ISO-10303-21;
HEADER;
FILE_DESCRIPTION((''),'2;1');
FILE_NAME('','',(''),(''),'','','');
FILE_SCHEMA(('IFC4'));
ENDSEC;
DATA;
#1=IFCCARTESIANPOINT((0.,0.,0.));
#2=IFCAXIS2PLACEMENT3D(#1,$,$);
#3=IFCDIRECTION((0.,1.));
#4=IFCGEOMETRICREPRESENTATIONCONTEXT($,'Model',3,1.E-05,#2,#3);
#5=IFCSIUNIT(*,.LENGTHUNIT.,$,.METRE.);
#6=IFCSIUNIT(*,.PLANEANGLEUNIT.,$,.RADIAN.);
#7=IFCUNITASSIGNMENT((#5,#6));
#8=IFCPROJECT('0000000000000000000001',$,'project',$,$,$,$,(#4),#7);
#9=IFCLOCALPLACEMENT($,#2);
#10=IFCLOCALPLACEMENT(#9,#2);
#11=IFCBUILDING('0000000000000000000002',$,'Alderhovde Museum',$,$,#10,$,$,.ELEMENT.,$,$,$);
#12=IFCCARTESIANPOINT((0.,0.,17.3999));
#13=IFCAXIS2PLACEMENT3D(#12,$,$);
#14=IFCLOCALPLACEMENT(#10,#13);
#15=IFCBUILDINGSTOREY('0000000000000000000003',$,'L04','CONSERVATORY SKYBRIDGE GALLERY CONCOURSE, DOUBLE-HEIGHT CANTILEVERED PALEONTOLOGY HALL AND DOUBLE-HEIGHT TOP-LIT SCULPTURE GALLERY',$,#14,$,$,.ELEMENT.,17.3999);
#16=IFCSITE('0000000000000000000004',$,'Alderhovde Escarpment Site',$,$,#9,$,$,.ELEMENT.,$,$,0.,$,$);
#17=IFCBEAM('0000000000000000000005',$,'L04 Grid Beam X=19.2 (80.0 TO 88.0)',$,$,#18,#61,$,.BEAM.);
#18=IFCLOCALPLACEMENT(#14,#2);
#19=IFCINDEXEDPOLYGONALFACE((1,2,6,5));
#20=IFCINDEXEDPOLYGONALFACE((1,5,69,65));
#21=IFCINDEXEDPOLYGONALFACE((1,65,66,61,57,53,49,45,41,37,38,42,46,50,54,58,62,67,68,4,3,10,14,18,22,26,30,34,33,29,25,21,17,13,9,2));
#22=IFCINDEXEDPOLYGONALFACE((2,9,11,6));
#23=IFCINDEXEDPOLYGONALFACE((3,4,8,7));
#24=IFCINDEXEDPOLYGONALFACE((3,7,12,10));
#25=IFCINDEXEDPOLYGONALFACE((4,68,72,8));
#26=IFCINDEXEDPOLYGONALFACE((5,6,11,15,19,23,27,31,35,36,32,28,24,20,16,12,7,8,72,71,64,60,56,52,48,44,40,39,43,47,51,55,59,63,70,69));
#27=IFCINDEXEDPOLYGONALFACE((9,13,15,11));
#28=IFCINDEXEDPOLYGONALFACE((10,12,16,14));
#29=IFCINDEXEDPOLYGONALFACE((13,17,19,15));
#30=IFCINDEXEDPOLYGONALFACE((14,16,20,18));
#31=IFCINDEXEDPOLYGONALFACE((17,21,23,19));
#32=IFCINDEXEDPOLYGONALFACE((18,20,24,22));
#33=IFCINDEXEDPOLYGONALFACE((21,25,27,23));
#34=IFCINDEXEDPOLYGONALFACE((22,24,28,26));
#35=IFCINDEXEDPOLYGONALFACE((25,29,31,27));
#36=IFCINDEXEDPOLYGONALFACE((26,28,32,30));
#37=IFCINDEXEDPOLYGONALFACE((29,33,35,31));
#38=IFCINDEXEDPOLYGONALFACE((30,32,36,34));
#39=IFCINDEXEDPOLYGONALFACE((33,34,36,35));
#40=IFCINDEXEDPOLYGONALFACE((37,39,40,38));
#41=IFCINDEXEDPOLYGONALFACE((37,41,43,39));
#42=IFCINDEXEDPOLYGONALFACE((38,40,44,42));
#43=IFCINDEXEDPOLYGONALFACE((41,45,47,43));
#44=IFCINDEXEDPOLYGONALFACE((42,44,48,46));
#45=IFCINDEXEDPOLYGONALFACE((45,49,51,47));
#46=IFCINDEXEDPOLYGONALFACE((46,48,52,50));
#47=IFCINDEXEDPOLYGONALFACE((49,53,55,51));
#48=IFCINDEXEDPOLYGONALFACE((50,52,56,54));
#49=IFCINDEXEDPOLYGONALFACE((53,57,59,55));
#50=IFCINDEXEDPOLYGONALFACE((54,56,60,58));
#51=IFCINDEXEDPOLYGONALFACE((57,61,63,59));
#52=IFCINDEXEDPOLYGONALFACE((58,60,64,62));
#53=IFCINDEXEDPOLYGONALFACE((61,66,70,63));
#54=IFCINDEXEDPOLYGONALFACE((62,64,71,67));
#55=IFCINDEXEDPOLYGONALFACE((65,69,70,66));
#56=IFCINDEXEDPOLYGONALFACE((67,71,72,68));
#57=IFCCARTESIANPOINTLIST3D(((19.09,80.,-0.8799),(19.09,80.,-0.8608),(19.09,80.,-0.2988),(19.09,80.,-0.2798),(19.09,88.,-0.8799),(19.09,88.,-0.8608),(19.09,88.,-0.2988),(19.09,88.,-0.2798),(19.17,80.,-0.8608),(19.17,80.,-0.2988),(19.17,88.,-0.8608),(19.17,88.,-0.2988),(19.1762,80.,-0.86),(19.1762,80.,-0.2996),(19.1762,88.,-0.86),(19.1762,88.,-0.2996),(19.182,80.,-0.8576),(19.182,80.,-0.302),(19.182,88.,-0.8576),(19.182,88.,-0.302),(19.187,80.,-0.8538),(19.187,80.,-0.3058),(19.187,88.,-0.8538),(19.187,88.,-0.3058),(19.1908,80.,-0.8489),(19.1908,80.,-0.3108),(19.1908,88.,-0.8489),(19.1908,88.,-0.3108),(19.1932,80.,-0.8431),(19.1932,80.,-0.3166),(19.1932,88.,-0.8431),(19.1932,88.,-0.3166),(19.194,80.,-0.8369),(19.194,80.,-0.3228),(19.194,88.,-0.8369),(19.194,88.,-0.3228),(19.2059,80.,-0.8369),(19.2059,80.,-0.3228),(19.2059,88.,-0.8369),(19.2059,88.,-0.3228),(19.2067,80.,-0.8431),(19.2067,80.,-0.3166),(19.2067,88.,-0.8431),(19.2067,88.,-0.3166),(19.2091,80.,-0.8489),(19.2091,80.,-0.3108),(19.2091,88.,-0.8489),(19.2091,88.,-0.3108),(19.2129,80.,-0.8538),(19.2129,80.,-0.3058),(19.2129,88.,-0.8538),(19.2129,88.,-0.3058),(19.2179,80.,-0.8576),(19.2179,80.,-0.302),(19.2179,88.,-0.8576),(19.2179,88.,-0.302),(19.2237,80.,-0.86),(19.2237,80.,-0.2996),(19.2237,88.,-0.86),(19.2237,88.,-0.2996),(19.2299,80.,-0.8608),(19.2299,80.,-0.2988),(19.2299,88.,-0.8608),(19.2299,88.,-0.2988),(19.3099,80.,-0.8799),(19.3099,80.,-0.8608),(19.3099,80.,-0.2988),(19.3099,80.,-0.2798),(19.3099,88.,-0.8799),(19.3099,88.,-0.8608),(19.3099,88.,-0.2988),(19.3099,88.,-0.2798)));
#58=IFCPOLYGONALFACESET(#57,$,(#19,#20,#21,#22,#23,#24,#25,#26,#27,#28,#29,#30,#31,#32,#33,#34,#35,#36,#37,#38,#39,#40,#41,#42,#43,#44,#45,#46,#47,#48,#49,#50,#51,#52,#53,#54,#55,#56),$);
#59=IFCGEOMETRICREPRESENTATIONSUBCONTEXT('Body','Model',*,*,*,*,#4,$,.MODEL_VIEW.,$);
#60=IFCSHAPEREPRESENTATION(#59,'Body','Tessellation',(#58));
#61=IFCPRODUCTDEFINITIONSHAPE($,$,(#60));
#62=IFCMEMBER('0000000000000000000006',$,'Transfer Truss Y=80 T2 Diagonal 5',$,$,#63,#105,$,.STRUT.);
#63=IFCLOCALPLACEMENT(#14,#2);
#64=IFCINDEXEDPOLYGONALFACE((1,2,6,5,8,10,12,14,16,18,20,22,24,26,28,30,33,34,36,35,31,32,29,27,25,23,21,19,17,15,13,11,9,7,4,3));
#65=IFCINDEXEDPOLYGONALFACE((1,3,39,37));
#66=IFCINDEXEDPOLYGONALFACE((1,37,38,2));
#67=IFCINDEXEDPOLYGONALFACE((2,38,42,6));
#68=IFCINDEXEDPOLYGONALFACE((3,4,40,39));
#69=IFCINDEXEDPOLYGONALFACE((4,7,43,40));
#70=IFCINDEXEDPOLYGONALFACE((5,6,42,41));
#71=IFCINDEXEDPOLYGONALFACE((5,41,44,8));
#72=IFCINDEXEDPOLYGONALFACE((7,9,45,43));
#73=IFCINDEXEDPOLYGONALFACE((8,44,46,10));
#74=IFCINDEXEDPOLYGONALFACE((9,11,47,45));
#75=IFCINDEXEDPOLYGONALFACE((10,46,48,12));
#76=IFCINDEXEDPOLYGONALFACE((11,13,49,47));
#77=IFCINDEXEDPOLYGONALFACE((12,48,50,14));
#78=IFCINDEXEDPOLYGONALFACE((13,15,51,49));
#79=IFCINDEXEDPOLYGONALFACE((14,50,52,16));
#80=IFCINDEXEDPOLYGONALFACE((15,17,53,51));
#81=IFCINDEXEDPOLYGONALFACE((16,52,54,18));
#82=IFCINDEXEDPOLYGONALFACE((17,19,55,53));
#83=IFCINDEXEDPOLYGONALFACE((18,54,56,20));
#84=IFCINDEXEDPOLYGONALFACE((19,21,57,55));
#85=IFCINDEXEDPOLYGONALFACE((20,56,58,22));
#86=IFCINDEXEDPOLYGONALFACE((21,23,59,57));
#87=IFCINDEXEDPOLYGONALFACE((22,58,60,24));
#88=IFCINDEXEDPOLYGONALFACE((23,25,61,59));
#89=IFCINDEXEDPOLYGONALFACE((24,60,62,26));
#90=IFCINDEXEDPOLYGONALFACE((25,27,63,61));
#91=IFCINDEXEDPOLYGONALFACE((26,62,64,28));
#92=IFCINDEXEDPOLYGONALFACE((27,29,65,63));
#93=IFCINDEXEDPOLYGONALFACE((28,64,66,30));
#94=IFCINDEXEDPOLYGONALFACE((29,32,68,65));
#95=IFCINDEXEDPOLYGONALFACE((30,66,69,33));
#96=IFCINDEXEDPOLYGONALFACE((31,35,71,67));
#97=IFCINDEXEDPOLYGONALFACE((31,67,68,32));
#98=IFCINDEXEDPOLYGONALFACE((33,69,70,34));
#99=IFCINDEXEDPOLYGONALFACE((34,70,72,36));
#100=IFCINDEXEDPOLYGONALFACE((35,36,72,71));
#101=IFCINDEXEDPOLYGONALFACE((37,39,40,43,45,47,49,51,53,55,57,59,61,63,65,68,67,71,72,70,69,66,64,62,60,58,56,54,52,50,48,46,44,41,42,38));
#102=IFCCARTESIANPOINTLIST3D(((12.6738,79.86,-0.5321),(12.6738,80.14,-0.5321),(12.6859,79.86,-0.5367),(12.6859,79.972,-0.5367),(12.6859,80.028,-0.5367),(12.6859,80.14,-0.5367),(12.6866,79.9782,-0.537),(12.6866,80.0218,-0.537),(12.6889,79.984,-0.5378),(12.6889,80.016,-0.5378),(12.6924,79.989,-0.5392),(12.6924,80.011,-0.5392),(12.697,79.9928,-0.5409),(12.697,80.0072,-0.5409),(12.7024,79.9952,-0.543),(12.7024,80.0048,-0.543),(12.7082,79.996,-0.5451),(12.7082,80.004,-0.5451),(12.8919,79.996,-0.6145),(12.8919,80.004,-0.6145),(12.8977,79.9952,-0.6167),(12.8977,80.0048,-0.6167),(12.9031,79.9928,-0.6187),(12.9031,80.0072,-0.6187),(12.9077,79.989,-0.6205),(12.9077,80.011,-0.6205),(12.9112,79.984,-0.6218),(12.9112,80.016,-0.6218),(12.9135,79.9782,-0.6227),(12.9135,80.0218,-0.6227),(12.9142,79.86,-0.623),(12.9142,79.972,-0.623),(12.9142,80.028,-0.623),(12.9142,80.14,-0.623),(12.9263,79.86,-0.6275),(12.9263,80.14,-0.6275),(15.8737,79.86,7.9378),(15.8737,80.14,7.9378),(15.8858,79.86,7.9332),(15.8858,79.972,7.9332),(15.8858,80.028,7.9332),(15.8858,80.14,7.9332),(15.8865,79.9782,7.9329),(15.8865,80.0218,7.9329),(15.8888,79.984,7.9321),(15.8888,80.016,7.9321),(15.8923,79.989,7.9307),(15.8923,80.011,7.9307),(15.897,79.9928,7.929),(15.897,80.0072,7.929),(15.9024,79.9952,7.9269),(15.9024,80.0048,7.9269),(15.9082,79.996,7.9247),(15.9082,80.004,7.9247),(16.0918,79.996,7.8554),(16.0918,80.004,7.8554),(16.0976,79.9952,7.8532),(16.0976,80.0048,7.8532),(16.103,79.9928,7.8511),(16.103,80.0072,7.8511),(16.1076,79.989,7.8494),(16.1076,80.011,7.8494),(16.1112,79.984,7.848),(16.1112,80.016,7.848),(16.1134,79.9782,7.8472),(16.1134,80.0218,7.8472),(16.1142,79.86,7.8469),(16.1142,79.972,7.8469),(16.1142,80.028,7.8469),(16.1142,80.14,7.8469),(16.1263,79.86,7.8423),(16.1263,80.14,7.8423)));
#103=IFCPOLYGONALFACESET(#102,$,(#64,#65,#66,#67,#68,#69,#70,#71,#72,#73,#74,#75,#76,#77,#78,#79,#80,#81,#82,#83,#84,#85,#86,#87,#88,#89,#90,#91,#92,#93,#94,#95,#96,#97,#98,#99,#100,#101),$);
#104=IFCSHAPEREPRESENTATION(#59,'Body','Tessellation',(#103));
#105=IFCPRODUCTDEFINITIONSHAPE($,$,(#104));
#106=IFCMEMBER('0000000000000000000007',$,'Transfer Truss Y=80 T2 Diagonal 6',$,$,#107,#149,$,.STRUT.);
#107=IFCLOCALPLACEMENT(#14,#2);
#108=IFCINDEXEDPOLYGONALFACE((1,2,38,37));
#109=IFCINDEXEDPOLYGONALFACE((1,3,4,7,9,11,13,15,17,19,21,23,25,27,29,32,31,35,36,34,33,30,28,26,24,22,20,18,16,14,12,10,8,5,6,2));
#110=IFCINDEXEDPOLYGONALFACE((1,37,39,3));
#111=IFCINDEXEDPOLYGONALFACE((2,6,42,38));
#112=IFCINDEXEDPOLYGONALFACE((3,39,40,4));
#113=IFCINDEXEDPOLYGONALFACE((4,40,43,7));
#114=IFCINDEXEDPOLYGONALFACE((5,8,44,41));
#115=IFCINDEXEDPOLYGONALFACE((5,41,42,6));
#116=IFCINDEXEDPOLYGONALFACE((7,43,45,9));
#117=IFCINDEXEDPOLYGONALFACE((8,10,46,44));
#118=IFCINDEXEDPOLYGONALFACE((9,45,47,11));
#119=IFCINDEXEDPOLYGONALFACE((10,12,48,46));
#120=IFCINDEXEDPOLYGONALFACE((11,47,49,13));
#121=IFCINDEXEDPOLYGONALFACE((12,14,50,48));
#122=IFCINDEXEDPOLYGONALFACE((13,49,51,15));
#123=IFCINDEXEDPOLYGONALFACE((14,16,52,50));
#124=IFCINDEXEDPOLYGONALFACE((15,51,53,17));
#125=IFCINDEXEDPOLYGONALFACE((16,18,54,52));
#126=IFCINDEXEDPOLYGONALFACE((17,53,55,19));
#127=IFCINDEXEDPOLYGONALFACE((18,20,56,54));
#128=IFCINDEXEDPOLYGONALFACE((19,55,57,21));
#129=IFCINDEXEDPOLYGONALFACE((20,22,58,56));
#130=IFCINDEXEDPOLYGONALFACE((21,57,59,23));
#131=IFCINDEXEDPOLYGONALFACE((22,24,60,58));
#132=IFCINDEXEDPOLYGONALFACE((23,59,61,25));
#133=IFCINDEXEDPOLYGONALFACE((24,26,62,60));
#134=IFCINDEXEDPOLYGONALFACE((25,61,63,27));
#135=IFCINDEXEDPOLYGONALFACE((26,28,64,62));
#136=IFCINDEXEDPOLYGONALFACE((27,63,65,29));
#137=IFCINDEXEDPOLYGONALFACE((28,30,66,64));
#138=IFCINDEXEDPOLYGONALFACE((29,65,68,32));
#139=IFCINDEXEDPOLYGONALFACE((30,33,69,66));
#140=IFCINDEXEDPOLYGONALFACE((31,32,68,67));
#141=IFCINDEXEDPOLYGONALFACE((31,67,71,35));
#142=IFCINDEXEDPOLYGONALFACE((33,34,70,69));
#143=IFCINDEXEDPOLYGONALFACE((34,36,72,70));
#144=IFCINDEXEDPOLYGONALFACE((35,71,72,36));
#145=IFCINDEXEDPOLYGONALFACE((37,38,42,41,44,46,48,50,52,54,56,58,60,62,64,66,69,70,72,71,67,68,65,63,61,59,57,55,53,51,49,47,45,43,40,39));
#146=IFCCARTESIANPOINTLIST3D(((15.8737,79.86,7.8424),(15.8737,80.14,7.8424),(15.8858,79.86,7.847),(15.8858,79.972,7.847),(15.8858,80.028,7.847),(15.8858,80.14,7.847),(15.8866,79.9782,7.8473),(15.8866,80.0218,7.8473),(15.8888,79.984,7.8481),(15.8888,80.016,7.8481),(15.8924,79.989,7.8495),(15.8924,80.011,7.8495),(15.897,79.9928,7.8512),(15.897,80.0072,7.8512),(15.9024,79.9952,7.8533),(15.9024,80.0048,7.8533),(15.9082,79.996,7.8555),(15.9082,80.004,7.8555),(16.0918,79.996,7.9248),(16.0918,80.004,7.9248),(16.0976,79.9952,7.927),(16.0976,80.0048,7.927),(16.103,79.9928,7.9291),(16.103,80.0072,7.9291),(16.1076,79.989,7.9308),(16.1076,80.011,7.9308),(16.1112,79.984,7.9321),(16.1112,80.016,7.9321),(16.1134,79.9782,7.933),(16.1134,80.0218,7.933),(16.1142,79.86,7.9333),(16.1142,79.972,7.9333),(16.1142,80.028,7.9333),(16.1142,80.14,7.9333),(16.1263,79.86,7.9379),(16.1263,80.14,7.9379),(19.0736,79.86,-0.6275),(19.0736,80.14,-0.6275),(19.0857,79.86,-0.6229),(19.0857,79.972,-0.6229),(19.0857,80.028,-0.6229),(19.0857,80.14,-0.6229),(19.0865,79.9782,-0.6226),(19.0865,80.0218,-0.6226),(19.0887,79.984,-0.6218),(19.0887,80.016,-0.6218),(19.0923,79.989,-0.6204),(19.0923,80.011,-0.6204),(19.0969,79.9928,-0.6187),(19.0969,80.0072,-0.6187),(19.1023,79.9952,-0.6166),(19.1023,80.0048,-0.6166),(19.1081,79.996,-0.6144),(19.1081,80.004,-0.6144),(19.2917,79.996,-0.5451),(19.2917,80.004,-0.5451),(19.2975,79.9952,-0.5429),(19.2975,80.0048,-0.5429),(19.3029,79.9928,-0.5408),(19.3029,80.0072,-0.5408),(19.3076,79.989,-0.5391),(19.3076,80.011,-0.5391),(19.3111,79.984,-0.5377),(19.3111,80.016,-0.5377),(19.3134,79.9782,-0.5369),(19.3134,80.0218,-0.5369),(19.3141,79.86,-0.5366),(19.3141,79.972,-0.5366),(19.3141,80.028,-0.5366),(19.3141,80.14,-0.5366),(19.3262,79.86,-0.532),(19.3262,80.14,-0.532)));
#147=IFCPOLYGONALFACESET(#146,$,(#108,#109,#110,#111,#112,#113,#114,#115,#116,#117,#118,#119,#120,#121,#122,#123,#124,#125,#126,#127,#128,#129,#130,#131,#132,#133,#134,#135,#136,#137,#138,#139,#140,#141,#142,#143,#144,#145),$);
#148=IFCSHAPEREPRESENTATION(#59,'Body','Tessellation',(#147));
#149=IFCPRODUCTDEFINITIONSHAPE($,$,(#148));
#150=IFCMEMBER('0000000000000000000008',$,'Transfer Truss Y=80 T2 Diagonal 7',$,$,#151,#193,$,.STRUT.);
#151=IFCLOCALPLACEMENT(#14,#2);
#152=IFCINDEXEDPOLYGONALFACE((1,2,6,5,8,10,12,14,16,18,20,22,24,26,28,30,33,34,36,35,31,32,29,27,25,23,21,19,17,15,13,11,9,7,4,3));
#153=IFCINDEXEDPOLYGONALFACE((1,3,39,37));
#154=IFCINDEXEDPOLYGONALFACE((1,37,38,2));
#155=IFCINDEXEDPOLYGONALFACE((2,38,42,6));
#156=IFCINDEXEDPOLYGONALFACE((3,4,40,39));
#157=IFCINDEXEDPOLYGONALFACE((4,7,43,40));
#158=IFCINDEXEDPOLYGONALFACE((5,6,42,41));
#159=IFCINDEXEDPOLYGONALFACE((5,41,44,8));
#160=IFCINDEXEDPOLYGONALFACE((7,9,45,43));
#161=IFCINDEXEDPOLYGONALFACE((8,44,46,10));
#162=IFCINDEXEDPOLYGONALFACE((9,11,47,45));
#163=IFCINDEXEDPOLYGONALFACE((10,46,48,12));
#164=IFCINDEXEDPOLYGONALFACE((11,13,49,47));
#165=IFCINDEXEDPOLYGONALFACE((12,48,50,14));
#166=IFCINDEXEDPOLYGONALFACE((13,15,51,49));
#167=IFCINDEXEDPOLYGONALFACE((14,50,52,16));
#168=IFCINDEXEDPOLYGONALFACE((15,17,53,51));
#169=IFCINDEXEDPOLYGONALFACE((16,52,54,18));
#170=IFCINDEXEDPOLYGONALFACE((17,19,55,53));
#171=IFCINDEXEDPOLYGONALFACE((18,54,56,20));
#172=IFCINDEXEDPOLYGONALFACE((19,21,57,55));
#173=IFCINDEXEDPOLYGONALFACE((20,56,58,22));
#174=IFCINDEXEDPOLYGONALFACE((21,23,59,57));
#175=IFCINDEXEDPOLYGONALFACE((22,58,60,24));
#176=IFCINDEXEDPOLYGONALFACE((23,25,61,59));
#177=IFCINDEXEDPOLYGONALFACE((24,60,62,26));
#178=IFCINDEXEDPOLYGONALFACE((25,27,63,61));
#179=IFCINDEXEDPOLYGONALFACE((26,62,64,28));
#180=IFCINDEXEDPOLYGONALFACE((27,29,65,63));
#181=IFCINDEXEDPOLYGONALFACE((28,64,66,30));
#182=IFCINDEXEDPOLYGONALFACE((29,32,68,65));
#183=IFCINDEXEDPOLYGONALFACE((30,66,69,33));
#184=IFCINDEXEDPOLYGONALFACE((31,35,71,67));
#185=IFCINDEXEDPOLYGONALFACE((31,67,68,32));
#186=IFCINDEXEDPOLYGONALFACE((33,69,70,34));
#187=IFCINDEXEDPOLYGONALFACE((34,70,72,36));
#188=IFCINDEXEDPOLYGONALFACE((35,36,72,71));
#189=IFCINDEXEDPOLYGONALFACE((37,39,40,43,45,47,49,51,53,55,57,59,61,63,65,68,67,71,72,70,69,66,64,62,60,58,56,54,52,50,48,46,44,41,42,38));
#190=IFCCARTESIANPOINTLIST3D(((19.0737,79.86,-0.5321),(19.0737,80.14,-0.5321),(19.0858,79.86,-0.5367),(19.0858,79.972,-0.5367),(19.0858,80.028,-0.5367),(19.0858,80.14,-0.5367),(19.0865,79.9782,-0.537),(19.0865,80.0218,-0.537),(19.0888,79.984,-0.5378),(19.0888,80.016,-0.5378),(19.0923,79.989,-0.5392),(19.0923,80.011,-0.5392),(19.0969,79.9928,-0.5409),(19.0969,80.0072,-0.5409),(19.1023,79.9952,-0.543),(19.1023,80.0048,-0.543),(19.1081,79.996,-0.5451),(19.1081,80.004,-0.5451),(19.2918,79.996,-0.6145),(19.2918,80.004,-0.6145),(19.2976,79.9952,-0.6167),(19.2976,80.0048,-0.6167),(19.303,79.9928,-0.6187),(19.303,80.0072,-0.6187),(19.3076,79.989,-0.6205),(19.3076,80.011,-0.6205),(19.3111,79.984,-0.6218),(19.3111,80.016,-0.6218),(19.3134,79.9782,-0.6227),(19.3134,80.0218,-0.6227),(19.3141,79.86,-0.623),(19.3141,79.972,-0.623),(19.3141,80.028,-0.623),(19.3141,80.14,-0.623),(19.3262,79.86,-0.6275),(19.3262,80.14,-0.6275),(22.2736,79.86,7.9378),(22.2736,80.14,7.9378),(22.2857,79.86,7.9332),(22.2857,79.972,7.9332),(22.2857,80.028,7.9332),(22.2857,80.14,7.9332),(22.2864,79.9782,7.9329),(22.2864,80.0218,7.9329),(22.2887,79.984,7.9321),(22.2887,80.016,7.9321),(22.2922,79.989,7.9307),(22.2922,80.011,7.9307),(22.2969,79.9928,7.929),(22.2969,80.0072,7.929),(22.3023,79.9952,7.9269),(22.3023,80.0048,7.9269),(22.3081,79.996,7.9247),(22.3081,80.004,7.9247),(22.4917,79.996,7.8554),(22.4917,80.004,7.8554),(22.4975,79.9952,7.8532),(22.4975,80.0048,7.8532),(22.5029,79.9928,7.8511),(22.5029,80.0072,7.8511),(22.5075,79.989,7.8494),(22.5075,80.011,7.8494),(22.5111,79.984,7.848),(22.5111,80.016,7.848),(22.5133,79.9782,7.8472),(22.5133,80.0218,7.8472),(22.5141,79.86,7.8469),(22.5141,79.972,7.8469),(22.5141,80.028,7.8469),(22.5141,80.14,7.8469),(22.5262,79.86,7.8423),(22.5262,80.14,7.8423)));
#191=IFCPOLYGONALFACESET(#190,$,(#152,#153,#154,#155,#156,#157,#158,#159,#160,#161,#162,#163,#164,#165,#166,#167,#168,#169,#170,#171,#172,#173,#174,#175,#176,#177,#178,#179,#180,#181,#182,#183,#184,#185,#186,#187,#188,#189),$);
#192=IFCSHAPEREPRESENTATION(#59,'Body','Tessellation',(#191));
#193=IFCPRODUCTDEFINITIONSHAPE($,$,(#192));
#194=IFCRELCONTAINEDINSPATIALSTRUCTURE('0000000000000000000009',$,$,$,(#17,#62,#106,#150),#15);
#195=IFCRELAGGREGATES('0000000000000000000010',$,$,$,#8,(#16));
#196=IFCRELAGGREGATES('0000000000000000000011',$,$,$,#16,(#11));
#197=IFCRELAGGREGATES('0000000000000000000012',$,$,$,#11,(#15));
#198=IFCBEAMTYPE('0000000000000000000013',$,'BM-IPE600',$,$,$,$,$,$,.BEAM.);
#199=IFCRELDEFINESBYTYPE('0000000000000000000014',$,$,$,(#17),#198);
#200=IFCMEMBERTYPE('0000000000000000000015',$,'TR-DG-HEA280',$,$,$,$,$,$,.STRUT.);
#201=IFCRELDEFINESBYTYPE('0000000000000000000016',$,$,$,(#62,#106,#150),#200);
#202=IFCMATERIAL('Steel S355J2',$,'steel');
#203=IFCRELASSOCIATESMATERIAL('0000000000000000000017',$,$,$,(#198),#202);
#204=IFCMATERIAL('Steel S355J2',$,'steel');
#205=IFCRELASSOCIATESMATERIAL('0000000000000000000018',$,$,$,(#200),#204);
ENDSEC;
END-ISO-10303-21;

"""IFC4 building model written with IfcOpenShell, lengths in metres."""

from ifc_helpers import new_model, si_unit, direction, frame, origin, origin_2d, place, context, subcontext, project, spatial, i_section, extrude, material, material_profile, profile_set, type_object, element, save


model = new_model("IFC4")

# Units and contexts
model_context = context("Model", 3, precision=1e-05, world=origin(), true_north=direction((0.0, 1.0)))
body_context = subcontext(model_context, "Body", "Model", "MODEL_VIEW")
ifc_project = project(units=[si_unit("LENGTHUNIT", "METRE"), si_unit("PLANEANGLEUNIT", "RADIAN")], contexts=[model_context])

# Site, building, storey
site_placement = place(None, origin())
site = spatial("IfcSite", under=ifc_project, at=site_placement, Name="Alderhovde Escarpment Site", CompositionType="ELEMENT", RefElevation=0.0)
building_placement = place(site_placement, origin())
building = spatial("IfcBuilding", under=site, at=building_placement, Name="Alderhovde Museum", CompositionType="ELEMENT")
storey_placement = place(building_placement, frame((0.0, 0.0, 17.3999)))
storey = spatial("IfcBuildingStorey", under=building, at=storey_placement, Name="L04", Description="CONSERVATORY SKYBRIDGE GALLERY CONCOURSE, DOUBLE-HEIGHT CANTILEVERED PALEONTOLOGY HALL AND DOUBLE-HEIGHT TOP-LIT SCULPTURE GALLERY", CompositionType="ELEMENT", Elevation=17.3999)

# Beam
ifc_material_1 = material(Name="Steel S355J2", Category="steel")
ifc_material_profile_1 = material_profile(ifc_material_1, i_section(OverallWidth=0.22, OverallDepth=0.6001, WebThickness=0.012, FlangeThickness=0.019, FilletRadius=0.0239, at=origin_2d()), Name="IPE 600")
ifc_profile_set_1 = profile_set([ifc_material_profile_1], Name="Steel S355J2")
beam_type_1 = type_object("IfcBeamType", Name="BM-IPE600", PredefinedType="BEAM", material=ifc_profile_set_1)
beam_1_placement = place(storey_placement, frame((19.2, 80.0, -0.5798), z_axis=(0.0, 1.0, 0.0), x_axis=(-1.0, 0.0, 0.0)))
element("IfcBeam", 1, at=beam_1_placement, inside=storey, type_object=beam_type_1, Name="L04 Grid Beam X=19.2 (80.0 TO 88.0)", PredefinedType="BEAM", context=body_context, shape_type="SweptSolid", body=[
    extrude(i_section(OverallWidth=0.22, OverallDepth=0.6001, WebThickness=0.012, FlangeThickness=0.019, FilletRadius=0.0239, at=origin_2d()), origin(), (0.0, 0.0, 1.0), 8.0),
])

# Members
ifc_material_2 = material(Name="Steel S355J2", Category="steel")
ifc_material_profile_2 = material_profile(ifc_material_2, i_section(OverallWidth=0.28, OverallDepth=0.27, WebThickness=0.0081, FlangeThickness=0.0129, FilletRadius=0.0239, at=origin_2d()), Name="HEA 280")
ifc_profile_set_2 = profile_set([ifc_material_profile_2], Name="Steel S355J2")
member_type_1 = type_object("IfcMemberType", Name="TR-DG-HEA280", PredefinedType="STRUT", material=ifc_profile_set_2)
for number, where, z_axis, x_axis, name in (
    (2, (12.8, 80.0, -0.5798), (0.353418, 0.0, 0.935465), (0.0, 1.0, 0.0), "Transfer Truss Y=80 T2 Diagonal 5"),
    (3, (16.0, 80.0, 7.8901), (0.353418, 0.0, -0.935465), (0.0, 1.0, 0.0), "Transfer Truss Y=80 T2 Diagonal 6"),
    (4, (19.2, 80.0, -0.5798), (0.353418, 0.0, 0.935465), (0.0, 1.0, 0.0), "Transfer Truss Y=80 T2 Diagonal 7"),
):
    element("IfcMember", number, at=place(storey_placement, frame(where, z_axis=z_axis, x_axis=x_axis)), inside=storey, type_object=member_type_1, Name=name, PredefinedType="STRUT", context=body_context, shape_type="SweptSolid", body=[
        extrude(i_section(OverallWidth=0.28, OverallDepth=0.27, WebThickness=0.0081, FlangeThickness=0.0129, FilletRadius=0.0239, at=origin_2d()), origin(), (0.0, 0.0, 1.0), 9.0542),
    ])

save(model, "model.ifc")
